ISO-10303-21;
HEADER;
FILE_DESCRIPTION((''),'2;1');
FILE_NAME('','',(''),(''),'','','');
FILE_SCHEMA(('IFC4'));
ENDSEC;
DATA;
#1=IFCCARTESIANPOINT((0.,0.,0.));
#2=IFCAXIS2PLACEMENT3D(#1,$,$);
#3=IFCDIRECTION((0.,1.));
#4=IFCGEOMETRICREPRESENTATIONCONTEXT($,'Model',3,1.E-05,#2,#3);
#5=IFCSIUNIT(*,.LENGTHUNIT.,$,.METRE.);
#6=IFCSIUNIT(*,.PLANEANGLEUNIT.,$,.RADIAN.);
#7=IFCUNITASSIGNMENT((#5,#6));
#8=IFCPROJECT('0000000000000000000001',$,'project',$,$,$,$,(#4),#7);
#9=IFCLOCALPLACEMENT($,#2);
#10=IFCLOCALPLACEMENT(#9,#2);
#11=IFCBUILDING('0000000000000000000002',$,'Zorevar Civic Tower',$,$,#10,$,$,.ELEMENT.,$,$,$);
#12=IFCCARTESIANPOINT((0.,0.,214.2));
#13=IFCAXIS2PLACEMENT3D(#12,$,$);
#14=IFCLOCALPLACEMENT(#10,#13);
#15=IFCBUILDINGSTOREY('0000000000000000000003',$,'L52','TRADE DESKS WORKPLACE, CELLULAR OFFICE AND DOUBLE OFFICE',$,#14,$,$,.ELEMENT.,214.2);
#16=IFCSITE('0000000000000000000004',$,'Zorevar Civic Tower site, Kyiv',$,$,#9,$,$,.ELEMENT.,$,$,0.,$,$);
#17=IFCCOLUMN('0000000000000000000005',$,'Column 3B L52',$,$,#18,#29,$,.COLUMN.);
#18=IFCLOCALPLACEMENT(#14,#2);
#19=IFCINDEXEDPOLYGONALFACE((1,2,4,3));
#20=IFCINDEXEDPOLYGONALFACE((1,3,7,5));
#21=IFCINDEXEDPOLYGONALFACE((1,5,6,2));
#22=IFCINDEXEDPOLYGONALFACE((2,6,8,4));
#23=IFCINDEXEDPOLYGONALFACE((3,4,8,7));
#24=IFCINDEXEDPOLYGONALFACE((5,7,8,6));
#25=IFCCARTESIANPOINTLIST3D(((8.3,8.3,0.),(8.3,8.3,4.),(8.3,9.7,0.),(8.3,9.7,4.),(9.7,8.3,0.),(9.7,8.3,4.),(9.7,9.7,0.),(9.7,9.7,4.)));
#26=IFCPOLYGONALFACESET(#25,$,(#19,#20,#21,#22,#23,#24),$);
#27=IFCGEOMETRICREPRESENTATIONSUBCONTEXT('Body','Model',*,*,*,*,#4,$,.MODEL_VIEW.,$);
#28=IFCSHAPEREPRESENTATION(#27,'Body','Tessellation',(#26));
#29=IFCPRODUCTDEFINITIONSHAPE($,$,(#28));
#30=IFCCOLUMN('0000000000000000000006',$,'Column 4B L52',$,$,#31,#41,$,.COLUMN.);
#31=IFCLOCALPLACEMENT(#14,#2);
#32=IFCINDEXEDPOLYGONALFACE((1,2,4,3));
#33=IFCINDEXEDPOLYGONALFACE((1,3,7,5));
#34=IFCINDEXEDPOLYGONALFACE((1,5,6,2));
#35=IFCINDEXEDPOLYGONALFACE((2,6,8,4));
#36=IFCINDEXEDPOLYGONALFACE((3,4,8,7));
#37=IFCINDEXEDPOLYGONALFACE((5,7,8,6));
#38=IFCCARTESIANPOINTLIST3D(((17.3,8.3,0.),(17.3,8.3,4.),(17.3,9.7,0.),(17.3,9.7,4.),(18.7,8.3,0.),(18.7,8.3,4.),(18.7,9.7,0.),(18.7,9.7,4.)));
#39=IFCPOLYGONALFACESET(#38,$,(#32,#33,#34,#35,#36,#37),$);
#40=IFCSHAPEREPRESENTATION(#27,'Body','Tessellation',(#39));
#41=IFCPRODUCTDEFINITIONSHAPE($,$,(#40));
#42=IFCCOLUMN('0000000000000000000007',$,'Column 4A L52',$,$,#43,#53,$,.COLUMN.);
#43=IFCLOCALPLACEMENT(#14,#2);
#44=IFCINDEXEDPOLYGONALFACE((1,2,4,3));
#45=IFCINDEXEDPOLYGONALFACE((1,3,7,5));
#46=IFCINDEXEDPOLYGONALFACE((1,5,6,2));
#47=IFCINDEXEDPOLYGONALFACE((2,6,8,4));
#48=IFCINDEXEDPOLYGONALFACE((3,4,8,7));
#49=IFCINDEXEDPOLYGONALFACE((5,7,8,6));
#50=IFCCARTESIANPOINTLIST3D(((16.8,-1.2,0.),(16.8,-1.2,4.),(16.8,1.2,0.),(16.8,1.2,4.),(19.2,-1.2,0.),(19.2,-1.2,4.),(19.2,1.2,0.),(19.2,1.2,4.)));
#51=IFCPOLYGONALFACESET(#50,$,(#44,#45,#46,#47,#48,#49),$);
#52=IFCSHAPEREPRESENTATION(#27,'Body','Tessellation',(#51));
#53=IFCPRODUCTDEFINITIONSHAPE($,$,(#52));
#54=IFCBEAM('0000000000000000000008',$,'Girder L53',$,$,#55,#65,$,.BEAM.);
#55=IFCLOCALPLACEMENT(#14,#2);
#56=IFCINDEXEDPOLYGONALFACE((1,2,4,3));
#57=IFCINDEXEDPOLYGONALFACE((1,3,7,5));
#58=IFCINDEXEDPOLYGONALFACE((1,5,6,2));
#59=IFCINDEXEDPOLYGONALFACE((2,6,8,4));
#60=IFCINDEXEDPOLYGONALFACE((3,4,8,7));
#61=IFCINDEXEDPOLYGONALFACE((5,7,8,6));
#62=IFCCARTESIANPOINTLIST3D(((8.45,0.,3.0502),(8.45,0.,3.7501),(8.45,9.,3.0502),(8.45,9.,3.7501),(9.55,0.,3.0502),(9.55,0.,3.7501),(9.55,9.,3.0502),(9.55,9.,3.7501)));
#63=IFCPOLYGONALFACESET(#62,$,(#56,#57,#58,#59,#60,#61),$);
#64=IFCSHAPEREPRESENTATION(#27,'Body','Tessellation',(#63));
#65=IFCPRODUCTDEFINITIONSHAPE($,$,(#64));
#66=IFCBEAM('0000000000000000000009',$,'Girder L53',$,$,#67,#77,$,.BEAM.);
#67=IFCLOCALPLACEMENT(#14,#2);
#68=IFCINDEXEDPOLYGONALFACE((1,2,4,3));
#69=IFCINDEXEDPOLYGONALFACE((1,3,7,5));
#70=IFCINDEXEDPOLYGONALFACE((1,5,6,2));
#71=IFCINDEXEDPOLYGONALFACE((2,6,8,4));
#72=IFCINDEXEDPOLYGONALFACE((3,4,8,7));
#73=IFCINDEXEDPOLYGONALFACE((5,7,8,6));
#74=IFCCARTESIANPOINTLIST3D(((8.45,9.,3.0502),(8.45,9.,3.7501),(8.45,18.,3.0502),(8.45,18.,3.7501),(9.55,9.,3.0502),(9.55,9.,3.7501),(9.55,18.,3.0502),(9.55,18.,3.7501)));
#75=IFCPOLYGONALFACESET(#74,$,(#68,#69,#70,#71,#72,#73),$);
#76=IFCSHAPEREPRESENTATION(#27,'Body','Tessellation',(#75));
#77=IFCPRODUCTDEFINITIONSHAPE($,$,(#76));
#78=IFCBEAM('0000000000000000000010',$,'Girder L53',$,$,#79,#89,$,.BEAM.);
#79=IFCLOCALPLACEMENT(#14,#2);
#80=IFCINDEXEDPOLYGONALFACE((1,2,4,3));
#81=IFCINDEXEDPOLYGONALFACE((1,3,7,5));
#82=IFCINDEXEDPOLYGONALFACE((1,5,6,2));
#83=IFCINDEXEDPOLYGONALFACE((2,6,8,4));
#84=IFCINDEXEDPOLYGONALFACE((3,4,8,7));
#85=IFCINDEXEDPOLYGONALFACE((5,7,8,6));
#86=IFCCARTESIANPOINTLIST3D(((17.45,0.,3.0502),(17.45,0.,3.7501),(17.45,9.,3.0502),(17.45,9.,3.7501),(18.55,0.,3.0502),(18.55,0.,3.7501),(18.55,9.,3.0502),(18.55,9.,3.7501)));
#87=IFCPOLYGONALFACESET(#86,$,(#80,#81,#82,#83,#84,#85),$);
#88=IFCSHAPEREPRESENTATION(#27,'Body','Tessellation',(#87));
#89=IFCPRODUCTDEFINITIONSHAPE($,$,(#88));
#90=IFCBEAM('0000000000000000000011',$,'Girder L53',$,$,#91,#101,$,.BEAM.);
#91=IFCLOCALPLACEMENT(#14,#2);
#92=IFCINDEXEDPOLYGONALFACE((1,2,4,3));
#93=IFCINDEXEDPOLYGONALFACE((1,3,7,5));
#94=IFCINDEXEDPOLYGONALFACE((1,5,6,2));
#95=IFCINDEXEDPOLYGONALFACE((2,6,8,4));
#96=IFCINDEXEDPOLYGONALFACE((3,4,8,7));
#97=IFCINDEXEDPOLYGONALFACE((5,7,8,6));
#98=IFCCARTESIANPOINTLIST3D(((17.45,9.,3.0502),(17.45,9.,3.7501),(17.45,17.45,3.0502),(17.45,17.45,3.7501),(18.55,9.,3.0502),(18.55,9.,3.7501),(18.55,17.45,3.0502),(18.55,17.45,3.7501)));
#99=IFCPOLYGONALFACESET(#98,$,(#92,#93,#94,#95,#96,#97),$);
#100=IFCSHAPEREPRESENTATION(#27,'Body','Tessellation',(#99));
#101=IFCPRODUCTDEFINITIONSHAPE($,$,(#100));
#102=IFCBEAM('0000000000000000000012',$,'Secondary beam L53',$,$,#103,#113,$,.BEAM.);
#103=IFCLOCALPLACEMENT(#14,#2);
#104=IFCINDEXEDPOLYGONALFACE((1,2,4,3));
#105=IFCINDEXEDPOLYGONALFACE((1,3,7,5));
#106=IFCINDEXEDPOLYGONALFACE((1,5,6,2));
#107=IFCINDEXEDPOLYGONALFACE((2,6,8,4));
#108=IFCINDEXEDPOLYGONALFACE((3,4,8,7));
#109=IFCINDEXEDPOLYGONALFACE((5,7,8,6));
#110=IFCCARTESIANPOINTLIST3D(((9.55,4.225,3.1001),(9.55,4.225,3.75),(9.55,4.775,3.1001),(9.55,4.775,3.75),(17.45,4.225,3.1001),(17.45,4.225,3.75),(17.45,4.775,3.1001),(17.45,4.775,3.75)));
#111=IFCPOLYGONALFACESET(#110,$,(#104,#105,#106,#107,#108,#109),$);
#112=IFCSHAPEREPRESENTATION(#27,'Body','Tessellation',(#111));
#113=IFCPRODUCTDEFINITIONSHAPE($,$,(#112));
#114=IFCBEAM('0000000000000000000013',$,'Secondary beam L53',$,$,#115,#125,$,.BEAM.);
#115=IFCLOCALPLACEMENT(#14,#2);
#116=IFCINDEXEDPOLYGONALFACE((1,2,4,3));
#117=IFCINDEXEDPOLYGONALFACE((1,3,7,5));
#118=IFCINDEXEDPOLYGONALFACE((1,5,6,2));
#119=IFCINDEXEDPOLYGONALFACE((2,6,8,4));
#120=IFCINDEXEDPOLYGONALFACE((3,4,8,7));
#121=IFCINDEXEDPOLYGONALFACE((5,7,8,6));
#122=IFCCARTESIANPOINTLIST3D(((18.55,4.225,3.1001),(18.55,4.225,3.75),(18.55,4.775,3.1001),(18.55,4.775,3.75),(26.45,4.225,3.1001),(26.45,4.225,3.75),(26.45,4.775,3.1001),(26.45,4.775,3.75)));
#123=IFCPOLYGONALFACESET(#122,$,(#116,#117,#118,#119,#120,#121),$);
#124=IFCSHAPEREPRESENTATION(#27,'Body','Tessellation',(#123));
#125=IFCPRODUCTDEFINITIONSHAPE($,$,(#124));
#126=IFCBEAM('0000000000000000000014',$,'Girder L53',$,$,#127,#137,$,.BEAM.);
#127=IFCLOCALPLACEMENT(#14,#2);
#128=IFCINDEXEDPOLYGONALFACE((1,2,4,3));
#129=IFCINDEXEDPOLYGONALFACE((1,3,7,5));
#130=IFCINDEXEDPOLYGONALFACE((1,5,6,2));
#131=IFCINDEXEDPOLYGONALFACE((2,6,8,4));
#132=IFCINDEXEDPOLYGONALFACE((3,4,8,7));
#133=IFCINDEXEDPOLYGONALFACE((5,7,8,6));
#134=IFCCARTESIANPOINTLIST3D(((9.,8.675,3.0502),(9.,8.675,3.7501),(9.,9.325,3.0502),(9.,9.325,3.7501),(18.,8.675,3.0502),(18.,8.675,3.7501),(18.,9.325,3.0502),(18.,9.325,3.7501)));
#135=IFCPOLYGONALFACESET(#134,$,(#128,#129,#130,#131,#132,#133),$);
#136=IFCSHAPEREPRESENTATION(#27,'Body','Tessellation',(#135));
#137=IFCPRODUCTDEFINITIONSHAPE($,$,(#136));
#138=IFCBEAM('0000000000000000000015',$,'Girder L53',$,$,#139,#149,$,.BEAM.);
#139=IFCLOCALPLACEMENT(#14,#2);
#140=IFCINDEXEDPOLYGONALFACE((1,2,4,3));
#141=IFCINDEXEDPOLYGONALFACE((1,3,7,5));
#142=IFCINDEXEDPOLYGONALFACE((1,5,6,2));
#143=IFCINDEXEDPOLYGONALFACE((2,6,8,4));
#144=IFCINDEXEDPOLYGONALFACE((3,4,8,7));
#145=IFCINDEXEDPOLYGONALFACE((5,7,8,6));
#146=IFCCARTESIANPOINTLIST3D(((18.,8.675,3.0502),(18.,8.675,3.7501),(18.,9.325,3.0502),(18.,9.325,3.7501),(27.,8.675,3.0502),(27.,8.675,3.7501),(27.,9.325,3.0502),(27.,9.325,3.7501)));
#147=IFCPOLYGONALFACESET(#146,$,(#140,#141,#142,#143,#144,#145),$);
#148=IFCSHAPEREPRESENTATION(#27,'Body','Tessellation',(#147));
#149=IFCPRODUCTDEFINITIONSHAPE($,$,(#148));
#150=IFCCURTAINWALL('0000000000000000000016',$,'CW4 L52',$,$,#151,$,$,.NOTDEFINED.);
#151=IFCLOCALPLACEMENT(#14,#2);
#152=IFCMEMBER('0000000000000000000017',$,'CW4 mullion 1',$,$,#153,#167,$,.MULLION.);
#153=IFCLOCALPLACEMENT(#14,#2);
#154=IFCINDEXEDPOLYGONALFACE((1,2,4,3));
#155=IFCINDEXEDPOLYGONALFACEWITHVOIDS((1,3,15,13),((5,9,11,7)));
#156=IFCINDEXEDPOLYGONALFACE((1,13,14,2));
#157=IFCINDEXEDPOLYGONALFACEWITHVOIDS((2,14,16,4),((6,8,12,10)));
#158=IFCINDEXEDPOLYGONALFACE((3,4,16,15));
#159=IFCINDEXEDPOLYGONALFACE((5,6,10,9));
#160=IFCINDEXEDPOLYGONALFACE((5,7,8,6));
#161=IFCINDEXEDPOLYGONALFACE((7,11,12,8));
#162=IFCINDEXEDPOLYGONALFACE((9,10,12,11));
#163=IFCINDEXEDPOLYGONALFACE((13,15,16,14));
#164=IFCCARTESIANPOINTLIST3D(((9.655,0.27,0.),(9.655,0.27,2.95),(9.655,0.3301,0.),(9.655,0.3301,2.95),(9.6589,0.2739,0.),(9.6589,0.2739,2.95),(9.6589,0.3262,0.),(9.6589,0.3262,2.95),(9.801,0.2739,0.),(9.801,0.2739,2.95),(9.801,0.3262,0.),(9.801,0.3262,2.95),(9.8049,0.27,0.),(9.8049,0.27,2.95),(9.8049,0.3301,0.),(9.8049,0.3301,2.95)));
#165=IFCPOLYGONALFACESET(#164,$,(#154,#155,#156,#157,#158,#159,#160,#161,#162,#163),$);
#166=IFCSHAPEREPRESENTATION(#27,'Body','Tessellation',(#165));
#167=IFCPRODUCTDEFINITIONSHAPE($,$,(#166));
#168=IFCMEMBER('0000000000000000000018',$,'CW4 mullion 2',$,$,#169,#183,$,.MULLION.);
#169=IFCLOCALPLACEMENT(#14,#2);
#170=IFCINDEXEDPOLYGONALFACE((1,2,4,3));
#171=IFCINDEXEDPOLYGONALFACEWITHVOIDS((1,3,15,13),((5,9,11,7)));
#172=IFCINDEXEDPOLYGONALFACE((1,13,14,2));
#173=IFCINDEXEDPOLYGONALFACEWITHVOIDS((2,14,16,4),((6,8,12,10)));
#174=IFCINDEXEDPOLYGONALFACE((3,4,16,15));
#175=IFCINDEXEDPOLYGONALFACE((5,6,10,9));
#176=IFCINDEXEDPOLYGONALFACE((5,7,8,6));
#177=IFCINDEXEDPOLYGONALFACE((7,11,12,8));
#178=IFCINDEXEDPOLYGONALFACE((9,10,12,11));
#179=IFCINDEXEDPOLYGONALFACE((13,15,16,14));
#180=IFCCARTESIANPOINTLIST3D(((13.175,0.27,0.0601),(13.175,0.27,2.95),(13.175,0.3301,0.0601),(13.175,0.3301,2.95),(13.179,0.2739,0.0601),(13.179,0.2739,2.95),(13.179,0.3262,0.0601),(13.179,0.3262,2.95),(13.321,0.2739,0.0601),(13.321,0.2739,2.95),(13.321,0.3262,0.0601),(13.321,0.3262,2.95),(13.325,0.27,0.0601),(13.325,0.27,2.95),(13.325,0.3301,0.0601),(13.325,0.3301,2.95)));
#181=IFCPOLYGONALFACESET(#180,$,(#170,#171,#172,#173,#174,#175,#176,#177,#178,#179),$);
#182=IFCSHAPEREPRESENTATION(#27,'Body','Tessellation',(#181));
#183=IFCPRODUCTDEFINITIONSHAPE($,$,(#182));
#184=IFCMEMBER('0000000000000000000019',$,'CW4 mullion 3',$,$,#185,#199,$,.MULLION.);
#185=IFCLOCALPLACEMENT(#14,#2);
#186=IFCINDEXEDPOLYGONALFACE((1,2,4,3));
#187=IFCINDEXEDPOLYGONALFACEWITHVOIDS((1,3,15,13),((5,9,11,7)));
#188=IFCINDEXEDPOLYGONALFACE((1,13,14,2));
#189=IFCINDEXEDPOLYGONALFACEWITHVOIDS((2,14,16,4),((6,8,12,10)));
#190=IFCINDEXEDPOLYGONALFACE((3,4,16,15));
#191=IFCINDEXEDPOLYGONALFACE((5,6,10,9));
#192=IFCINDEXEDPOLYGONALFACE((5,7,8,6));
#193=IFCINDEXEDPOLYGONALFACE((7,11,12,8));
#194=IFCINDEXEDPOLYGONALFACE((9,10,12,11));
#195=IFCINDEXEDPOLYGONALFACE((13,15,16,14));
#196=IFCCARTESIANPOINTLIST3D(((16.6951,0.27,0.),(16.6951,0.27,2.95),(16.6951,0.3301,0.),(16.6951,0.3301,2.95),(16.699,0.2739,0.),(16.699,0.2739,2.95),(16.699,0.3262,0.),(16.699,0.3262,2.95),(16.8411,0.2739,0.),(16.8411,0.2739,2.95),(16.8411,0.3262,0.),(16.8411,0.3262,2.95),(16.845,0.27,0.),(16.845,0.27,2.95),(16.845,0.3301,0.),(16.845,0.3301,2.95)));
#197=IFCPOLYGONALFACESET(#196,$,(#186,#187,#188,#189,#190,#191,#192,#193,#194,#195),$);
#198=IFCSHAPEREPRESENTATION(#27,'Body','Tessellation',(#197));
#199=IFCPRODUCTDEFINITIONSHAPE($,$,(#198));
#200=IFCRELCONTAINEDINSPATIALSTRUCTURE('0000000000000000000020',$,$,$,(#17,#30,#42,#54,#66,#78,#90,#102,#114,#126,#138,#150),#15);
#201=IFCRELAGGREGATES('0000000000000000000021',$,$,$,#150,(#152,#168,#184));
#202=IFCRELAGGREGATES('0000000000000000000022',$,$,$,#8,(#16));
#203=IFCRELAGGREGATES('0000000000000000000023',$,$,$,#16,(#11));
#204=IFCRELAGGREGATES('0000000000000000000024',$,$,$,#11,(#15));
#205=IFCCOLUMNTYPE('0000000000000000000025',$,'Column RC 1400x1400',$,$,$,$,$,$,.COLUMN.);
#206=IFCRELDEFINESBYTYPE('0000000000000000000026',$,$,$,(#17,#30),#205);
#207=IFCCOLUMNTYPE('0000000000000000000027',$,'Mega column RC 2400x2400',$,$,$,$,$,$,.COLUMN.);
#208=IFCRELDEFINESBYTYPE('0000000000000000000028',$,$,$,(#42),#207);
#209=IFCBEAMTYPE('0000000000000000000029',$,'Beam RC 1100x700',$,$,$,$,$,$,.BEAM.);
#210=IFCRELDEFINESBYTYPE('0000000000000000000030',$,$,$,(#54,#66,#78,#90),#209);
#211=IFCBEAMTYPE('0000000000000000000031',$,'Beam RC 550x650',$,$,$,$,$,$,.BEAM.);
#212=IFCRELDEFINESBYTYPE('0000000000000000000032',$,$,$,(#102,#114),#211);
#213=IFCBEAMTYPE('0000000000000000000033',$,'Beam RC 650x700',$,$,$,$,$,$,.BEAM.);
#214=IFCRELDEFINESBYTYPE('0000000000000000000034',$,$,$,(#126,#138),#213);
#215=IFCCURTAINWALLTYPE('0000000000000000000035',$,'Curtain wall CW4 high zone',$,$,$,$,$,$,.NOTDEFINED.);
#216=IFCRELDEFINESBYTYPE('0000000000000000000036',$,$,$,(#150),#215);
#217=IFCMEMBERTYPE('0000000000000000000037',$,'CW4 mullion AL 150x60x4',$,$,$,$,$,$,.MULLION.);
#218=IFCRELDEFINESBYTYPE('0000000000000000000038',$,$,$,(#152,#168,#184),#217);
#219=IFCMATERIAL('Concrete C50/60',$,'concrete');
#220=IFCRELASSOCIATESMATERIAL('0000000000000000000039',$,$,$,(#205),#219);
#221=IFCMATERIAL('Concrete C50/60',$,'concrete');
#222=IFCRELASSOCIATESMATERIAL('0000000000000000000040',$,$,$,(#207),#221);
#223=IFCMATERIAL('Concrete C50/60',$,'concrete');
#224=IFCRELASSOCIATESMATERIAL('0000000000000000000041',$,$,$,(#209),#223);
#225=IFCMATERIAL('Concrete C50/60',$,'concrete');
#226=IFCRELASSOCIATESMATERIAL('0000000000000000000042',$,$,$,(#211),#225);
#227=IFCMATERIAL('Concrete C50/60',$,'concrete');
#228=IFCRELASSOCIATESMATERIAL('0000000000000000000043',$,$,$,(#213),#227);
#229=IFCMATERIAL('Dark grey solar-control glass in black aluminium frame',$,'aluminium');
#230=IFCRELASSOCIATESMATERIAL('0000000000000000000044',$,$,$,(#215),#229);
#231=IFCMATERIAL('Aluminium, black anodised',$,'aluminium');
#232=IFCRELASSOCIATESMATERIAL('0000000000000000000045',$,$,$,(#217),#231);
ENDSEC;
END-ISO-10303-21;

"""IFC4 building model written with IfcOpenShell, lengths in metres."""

from ifc_helpers import new_model, si_unit, direction, frame, origin, origin_2d, place, context, subcontext, project, spatial, rectangle, hollow_rectangle, extrude, material, material_profile, profile_set, type_object, element, aggregate, save


model = new_model("IFC4")

# Units and contexts
model_context = context("Model", 3, precision=1e-05, world=origin(), true_north=direction((0.0, 1.0)))
body_context = subcontext(model_context, "Body", "Model", "MODEL_VIEW")
ifc_project = project(units=[si_unit("LENGTHUNIT", "METRE"), si_unit("PLANEANGLEUNIT", "RADIAN")], contexts=[model_context])

# Site, building, storey
site_placement = place(None, origin())
site = spatial("IfcSite", under=ifc_project, at=site_placement, Name="Zorevar Civic Tower site, Kyiv", CompositionType="ELEMENT", RefElevation=0.0)
building_placement = place(site_placement, origin())
building = spatial("IfcBuilding", under=site, at=building_placement, Name="Zorevar Civic Tower", CompositionType="ELEMENT")
storey_placement = place(building_placement, frame((0.0, 0.0, 214.2)))
storey = spatial("IfcBuildingStorey", under=building, at=storey_placement, Name="L52", Description="TRADE DESKS WORKPLACE, CELLULAR OFFICE AND DOUBLE OFFICE", CompositionType="ELEMENT", Elevation=214.2)

# Columns
ifc_material_1 = material(Name="Concrete C50/60", Category="concrete")
ifc_material_profile_1 = material_profile(ifc_material_1, rectangle(XDim=1.3999, YDim=1.3999, at=origin_2d()), Name="RC 1400x1400")
ifc_profile_set_1 = profile_set([ifc_material_profile_1], Name="Concrete C50/60")
column_type_1 = type_object("IfcColumnType", Name="Column RC 1400x1400", PredefinedType="COLUMN", material=ifc_profile_set_1)
for number, where, z_axis, x_axis, name in (
    (1, (9.0, 9.0, 0.0), (0.0, 0.0, 1.0), (1.0, 0.0, 0.0), "Column 3B L52"),
    (2, (18.0, 9.0, 0.0), (0.0, 0.0, 1.0), (1.0, 0.0, 0.0), "Column 4B L52"),
):
    element("IfcColumn", number, at=place(storey_placement, frame(where, z_axis=z_axis, x_axis=x_axis)), inside=storey, type_object=column_type_1, Name=name, PredefinedType="COLUMN", context=body_context, shape_type="SweptSolid", body=[
        extrude(rectangle(XDim=1.3999, YDim=1.3999, at=origin_2d()), origin(), (0.0, 0.0, 1.0), 4.0),
    ])
ifc_material_2 = material(Name="Concrete C50/60", Category="concrete")
ifc_material_profile_2 = material_profile(ifc_material_2, rectangle(XDim=2.3999, YDim=2.3999, at=origin_2d()), Name="RC 2400x2400")
ifc_profile_set_2 = profile_set([ifc_material_profile_2], Name="Concrete C50/60")
column_type_2 = type_object("IfcColumnType", Name="Mega column RC 2400x2400", PredefinedType="COLUMN", material=ifc_profile_set_2)
column_placement = place(storey_placement, frame((18.0, 0.0, 0.0), z_axis=(0.0, 0.0, 1.0), x_axis=(1.0, 0.0, 0.0)))
element("IfcColumn", 3, at=column_placement, inside=storey, type_object=column_type_2, Name="Column 4A L52", PredefinedType="COLUMN", context=body_context, shape_type="SweptSolid", body=[
    extrude(rectangle(XDim=2.3999, YDim=2.3999, at=origin_2d()), origin(), (0.0, 0.0, 1.0), 4.0),
])

# Beams
ifc_material_3 = material(Name="Concrete C50/60", Category="concrete")
ifc_material_profile_3 = material_profile(ifc_material_3, rectangle(XDim=1.1001, YDim=0.7, at=origin_2d()), Name="RC 1100x700")
ifc_profile_set_3 = profile_set([ifc_material_profile_3], Name="Concrete C50/60")
beam_type_1 = type_object("IfcBeamType", Name="Beam RC 1100x700", PredefinedType="BEAM", material=ifc_profile_set_3)
for number, where, z_axis, x_axis, name in (
    (4, (9.0, 0.0, 3.4001), (0.0, 1.0, 0.0), (-1.0, 0.0, 0.0), "Girder L53"),
    (5, (9.0, 9.0, 3.4001), (0.0, 1.0, 0.0), (-1.0, 0.0, 0.0), "Girder L53"),
    (6, (18.0, 0.0, 3.4001), (0.0, 1.0, 0.0), (-1.0, 0.0, 0.0), "Girder L53"),
):
    element("IfcBeam", number, at=place(storey_placement, frame(where, z_axis=z_axis, x_axis=x_axis)), inside=storey, type_object=beam_type_1, Name=name, PredefinedType="BEAM", context=body_context, shape_type="SweptSolid", body=[
        extrude(rectangle(XDim=1.1001, YDim=0.7, at=origin_2d()), origin(), (0.0, 0.0, 1.0), 9.0),
    ])
beam_1_placement = place(storey_placement, frame((18.0, 9.0, 3.4001), z_axis=(0.0, 1.0, 0.0), x_axis=(-1.0, 0.0, 0.0)))
element("IfcBeam", 7, at=beam_1_placement, inside=storey, type_object=beam_type_1, Name="Girder L53", PredefinedType="BEAM", context=body_context, shape_type="SweptSolid", body=[
    extrude(rectangle(XDim=1.1001, YDim=0.7, at=origin_2d()), origin(), (0.0, 0.0, 1.0), 8.45),
])
ifc_material_4 = material(Name="Concrete C50/60", Category="concrete")
ifc_material_profile_4 = material_profile(ifc_material_4, rectangle(XDim=0.55, YDim=0.6499, at=origin_2d()), Name="RC 550x650")
ifc_profile_set_4 = profile_set([ifc_material_profile_4], Name="Concrete C50/60")
beam_type_2 = type_object("IfcBeamType", Name="Beam RC 550x650", PredefinedType="BEAM", material=ifc_profile_set_4)
for number, where, z_axis, x_axis, name in (
    (8, (9.55, 4.5, 3.425), (1.0, 0.0, 0.0), (0.0, 1.0, 0.0), "Secondary beam L53"),
    (9, (18.55, 4.5, 3.425), (1.0, 0.0, 0.0), (0.0, 1.0, 0.0), "Secondary beam L53"),
):
    element("IfcBeam", number, at=place(storey_placement, frame(where, z_axis=z_axis, x_axis=x_axis)), inside=storey, type_object=beam_type_2, Name=name, PredefinedType="BEAM", context=body_context, shape_type="SweptSolid", body=[
        extrude(rectangle(XDim=0.55, YDim=0.6499, at=origin_2d()), origin(), (0.0, 0.0, 1.0), 7.8999),
    ])
ifc_material_5 = material(Name="Concrete C50/60", Category="concrete")
ifc_material_profile_5 = material_profile(ifc_material_5, rectangle(XDim=0.6499, YDim=0.7, at=origin_2d()), Name="RC 650x700")
ifc_profile_set_5 = profile_set([ifc_material_profile_5], Name="Concrete C50/60")
beam_type_3 = type_object("IfcBeamType", Name="Beam RC 650x700", PredefinedType="BEAM", material=ifc_profile_set_5)
for number, where, z_axis, x_axis, name in (
    (10, (9.0, 9.0, 3.4001), (1.0, 0.0, 0.0), (0.0, 1.0, 0.0), "Girder L53"),
    (11, (18.0, 9.0, 3.4001), (1.0, 0.0, 0.0), (0.0, 1.0, 0.0), "Girder L53"),
):
    element("IfcBeam", number, at=place(storey_placement, frame(where, z_axis=z_axis, x_axis=x_axis)), inside=storey, type_object=beam_type_3, Name=name, PredefinedType="BEAM", context=body_context, shape_type="SweptSolid", body=[
        extrude(rectangle(XDim=0.6499, YDim=0.7, at=origin_2d()), origin(), (0.0, 0.0, 1.0), 9.0),
    ])

# Curtain wall, members
ifc_material_6 = material(Name="Dark grey solar-control glass in black aluminium frame", Category="aluminium")
curtain_wall_type = type_object("IfcCurtainWallType", Name="Curtain wall CW4 high zone", PredefinedType="NOTDEFINED", material=ifc_material_6)
curtain_wall_1_placement = place(storey_placement, origin())
curtain_wall_1 = element("IfcCurtainWall", 12, at=curtain_wall_1_placement, inside=storey, type_object=curtain_wall_type, Name="CW4 L52", PredefinedType="NOTDEFINED")
ifc_material_7 = material(Name="Aluminium, black anodised", Category="aluminium")
ifc_material_profile_6 = material_profile(ifc_material_7, hollow_rectangle(XDim=0.0601, YDim=0.1499, WallThickness=0.0039, at=origin_2d()), Name="AL 150x60x4")
ifc_profile_set_6 = profile_set([ifc_material_profile_6], Name="Aluminium, black anodised")
member_type_1 = type_object("IfcMemberType", Name="CW4 mullion AL 150x60x4", PredefinedType="MULLION", material=ifc_profile_set_6)
member_1_placement = place(storey_placement, frame((9.73, 0.3, 0.0), z_axis=(0.0, 0.0, 1.0), x_axis=(0.0, 1.0, 0.0)))
member_1 = element("IfcMember", 13, at=member_1_placement, type_object=member_type_1, Name="CW4 mullion 1", PredefinedType="MULLION", context=body_context, shape_type="SweptSolid", body=[
    extrude(hollow_rectangle(XDim=0.0601, YDim=0.1499, WallThickness=0.0039, at=origin_2d()), origin(), (0.0, 0.0, 1.0), 2.95),
])
member_2_placement = place(storey_placement, frame((13.25, 0.3, 0.0601), z_axis=(0.0, 0.0, 1.0), x_axis=(0.0, 1.0, 0.0)))
member_2 = element("IfcMember", 14, at=member_2_placement, type_object=member_type_1, Name="CW4 mullion 2", PredefinedType="MULLION", context=body_context, shape_type="SweptSolid", body=[
    extrude(hollow_rectangle(XDim=0.0601, YDim=0.1499, WallThickness=0.0039, at=origin_2d()), origin(), (0.0, 0.0, 1.0), 2.8899),
])
member_3_placement = place(storey_placement, frame((16.77, 0.3, 0.0), z_axis=(0.0, 0.0, 1.0), x_axis=(0.0, 1.0, 0.0)))
member_3 = element("IfcMember", 15, at=member_3_placement, type_object=member_type_1, Name="CW4 mullion 3", PredefinedType="MULLION", context=body_context, shape_type="SweptSolid", body=[
    extrude(hollow_rectangle(XDim=0.0601, YDim=0.1499, WallThickness=0.0039, at=origin_2d()), origin(), (0.0, 0.0, 1.0), 2.95),
])

aggregate(curtain_wall_1, [member_1, member_2, member_3])

save(model, "model.ifc")
